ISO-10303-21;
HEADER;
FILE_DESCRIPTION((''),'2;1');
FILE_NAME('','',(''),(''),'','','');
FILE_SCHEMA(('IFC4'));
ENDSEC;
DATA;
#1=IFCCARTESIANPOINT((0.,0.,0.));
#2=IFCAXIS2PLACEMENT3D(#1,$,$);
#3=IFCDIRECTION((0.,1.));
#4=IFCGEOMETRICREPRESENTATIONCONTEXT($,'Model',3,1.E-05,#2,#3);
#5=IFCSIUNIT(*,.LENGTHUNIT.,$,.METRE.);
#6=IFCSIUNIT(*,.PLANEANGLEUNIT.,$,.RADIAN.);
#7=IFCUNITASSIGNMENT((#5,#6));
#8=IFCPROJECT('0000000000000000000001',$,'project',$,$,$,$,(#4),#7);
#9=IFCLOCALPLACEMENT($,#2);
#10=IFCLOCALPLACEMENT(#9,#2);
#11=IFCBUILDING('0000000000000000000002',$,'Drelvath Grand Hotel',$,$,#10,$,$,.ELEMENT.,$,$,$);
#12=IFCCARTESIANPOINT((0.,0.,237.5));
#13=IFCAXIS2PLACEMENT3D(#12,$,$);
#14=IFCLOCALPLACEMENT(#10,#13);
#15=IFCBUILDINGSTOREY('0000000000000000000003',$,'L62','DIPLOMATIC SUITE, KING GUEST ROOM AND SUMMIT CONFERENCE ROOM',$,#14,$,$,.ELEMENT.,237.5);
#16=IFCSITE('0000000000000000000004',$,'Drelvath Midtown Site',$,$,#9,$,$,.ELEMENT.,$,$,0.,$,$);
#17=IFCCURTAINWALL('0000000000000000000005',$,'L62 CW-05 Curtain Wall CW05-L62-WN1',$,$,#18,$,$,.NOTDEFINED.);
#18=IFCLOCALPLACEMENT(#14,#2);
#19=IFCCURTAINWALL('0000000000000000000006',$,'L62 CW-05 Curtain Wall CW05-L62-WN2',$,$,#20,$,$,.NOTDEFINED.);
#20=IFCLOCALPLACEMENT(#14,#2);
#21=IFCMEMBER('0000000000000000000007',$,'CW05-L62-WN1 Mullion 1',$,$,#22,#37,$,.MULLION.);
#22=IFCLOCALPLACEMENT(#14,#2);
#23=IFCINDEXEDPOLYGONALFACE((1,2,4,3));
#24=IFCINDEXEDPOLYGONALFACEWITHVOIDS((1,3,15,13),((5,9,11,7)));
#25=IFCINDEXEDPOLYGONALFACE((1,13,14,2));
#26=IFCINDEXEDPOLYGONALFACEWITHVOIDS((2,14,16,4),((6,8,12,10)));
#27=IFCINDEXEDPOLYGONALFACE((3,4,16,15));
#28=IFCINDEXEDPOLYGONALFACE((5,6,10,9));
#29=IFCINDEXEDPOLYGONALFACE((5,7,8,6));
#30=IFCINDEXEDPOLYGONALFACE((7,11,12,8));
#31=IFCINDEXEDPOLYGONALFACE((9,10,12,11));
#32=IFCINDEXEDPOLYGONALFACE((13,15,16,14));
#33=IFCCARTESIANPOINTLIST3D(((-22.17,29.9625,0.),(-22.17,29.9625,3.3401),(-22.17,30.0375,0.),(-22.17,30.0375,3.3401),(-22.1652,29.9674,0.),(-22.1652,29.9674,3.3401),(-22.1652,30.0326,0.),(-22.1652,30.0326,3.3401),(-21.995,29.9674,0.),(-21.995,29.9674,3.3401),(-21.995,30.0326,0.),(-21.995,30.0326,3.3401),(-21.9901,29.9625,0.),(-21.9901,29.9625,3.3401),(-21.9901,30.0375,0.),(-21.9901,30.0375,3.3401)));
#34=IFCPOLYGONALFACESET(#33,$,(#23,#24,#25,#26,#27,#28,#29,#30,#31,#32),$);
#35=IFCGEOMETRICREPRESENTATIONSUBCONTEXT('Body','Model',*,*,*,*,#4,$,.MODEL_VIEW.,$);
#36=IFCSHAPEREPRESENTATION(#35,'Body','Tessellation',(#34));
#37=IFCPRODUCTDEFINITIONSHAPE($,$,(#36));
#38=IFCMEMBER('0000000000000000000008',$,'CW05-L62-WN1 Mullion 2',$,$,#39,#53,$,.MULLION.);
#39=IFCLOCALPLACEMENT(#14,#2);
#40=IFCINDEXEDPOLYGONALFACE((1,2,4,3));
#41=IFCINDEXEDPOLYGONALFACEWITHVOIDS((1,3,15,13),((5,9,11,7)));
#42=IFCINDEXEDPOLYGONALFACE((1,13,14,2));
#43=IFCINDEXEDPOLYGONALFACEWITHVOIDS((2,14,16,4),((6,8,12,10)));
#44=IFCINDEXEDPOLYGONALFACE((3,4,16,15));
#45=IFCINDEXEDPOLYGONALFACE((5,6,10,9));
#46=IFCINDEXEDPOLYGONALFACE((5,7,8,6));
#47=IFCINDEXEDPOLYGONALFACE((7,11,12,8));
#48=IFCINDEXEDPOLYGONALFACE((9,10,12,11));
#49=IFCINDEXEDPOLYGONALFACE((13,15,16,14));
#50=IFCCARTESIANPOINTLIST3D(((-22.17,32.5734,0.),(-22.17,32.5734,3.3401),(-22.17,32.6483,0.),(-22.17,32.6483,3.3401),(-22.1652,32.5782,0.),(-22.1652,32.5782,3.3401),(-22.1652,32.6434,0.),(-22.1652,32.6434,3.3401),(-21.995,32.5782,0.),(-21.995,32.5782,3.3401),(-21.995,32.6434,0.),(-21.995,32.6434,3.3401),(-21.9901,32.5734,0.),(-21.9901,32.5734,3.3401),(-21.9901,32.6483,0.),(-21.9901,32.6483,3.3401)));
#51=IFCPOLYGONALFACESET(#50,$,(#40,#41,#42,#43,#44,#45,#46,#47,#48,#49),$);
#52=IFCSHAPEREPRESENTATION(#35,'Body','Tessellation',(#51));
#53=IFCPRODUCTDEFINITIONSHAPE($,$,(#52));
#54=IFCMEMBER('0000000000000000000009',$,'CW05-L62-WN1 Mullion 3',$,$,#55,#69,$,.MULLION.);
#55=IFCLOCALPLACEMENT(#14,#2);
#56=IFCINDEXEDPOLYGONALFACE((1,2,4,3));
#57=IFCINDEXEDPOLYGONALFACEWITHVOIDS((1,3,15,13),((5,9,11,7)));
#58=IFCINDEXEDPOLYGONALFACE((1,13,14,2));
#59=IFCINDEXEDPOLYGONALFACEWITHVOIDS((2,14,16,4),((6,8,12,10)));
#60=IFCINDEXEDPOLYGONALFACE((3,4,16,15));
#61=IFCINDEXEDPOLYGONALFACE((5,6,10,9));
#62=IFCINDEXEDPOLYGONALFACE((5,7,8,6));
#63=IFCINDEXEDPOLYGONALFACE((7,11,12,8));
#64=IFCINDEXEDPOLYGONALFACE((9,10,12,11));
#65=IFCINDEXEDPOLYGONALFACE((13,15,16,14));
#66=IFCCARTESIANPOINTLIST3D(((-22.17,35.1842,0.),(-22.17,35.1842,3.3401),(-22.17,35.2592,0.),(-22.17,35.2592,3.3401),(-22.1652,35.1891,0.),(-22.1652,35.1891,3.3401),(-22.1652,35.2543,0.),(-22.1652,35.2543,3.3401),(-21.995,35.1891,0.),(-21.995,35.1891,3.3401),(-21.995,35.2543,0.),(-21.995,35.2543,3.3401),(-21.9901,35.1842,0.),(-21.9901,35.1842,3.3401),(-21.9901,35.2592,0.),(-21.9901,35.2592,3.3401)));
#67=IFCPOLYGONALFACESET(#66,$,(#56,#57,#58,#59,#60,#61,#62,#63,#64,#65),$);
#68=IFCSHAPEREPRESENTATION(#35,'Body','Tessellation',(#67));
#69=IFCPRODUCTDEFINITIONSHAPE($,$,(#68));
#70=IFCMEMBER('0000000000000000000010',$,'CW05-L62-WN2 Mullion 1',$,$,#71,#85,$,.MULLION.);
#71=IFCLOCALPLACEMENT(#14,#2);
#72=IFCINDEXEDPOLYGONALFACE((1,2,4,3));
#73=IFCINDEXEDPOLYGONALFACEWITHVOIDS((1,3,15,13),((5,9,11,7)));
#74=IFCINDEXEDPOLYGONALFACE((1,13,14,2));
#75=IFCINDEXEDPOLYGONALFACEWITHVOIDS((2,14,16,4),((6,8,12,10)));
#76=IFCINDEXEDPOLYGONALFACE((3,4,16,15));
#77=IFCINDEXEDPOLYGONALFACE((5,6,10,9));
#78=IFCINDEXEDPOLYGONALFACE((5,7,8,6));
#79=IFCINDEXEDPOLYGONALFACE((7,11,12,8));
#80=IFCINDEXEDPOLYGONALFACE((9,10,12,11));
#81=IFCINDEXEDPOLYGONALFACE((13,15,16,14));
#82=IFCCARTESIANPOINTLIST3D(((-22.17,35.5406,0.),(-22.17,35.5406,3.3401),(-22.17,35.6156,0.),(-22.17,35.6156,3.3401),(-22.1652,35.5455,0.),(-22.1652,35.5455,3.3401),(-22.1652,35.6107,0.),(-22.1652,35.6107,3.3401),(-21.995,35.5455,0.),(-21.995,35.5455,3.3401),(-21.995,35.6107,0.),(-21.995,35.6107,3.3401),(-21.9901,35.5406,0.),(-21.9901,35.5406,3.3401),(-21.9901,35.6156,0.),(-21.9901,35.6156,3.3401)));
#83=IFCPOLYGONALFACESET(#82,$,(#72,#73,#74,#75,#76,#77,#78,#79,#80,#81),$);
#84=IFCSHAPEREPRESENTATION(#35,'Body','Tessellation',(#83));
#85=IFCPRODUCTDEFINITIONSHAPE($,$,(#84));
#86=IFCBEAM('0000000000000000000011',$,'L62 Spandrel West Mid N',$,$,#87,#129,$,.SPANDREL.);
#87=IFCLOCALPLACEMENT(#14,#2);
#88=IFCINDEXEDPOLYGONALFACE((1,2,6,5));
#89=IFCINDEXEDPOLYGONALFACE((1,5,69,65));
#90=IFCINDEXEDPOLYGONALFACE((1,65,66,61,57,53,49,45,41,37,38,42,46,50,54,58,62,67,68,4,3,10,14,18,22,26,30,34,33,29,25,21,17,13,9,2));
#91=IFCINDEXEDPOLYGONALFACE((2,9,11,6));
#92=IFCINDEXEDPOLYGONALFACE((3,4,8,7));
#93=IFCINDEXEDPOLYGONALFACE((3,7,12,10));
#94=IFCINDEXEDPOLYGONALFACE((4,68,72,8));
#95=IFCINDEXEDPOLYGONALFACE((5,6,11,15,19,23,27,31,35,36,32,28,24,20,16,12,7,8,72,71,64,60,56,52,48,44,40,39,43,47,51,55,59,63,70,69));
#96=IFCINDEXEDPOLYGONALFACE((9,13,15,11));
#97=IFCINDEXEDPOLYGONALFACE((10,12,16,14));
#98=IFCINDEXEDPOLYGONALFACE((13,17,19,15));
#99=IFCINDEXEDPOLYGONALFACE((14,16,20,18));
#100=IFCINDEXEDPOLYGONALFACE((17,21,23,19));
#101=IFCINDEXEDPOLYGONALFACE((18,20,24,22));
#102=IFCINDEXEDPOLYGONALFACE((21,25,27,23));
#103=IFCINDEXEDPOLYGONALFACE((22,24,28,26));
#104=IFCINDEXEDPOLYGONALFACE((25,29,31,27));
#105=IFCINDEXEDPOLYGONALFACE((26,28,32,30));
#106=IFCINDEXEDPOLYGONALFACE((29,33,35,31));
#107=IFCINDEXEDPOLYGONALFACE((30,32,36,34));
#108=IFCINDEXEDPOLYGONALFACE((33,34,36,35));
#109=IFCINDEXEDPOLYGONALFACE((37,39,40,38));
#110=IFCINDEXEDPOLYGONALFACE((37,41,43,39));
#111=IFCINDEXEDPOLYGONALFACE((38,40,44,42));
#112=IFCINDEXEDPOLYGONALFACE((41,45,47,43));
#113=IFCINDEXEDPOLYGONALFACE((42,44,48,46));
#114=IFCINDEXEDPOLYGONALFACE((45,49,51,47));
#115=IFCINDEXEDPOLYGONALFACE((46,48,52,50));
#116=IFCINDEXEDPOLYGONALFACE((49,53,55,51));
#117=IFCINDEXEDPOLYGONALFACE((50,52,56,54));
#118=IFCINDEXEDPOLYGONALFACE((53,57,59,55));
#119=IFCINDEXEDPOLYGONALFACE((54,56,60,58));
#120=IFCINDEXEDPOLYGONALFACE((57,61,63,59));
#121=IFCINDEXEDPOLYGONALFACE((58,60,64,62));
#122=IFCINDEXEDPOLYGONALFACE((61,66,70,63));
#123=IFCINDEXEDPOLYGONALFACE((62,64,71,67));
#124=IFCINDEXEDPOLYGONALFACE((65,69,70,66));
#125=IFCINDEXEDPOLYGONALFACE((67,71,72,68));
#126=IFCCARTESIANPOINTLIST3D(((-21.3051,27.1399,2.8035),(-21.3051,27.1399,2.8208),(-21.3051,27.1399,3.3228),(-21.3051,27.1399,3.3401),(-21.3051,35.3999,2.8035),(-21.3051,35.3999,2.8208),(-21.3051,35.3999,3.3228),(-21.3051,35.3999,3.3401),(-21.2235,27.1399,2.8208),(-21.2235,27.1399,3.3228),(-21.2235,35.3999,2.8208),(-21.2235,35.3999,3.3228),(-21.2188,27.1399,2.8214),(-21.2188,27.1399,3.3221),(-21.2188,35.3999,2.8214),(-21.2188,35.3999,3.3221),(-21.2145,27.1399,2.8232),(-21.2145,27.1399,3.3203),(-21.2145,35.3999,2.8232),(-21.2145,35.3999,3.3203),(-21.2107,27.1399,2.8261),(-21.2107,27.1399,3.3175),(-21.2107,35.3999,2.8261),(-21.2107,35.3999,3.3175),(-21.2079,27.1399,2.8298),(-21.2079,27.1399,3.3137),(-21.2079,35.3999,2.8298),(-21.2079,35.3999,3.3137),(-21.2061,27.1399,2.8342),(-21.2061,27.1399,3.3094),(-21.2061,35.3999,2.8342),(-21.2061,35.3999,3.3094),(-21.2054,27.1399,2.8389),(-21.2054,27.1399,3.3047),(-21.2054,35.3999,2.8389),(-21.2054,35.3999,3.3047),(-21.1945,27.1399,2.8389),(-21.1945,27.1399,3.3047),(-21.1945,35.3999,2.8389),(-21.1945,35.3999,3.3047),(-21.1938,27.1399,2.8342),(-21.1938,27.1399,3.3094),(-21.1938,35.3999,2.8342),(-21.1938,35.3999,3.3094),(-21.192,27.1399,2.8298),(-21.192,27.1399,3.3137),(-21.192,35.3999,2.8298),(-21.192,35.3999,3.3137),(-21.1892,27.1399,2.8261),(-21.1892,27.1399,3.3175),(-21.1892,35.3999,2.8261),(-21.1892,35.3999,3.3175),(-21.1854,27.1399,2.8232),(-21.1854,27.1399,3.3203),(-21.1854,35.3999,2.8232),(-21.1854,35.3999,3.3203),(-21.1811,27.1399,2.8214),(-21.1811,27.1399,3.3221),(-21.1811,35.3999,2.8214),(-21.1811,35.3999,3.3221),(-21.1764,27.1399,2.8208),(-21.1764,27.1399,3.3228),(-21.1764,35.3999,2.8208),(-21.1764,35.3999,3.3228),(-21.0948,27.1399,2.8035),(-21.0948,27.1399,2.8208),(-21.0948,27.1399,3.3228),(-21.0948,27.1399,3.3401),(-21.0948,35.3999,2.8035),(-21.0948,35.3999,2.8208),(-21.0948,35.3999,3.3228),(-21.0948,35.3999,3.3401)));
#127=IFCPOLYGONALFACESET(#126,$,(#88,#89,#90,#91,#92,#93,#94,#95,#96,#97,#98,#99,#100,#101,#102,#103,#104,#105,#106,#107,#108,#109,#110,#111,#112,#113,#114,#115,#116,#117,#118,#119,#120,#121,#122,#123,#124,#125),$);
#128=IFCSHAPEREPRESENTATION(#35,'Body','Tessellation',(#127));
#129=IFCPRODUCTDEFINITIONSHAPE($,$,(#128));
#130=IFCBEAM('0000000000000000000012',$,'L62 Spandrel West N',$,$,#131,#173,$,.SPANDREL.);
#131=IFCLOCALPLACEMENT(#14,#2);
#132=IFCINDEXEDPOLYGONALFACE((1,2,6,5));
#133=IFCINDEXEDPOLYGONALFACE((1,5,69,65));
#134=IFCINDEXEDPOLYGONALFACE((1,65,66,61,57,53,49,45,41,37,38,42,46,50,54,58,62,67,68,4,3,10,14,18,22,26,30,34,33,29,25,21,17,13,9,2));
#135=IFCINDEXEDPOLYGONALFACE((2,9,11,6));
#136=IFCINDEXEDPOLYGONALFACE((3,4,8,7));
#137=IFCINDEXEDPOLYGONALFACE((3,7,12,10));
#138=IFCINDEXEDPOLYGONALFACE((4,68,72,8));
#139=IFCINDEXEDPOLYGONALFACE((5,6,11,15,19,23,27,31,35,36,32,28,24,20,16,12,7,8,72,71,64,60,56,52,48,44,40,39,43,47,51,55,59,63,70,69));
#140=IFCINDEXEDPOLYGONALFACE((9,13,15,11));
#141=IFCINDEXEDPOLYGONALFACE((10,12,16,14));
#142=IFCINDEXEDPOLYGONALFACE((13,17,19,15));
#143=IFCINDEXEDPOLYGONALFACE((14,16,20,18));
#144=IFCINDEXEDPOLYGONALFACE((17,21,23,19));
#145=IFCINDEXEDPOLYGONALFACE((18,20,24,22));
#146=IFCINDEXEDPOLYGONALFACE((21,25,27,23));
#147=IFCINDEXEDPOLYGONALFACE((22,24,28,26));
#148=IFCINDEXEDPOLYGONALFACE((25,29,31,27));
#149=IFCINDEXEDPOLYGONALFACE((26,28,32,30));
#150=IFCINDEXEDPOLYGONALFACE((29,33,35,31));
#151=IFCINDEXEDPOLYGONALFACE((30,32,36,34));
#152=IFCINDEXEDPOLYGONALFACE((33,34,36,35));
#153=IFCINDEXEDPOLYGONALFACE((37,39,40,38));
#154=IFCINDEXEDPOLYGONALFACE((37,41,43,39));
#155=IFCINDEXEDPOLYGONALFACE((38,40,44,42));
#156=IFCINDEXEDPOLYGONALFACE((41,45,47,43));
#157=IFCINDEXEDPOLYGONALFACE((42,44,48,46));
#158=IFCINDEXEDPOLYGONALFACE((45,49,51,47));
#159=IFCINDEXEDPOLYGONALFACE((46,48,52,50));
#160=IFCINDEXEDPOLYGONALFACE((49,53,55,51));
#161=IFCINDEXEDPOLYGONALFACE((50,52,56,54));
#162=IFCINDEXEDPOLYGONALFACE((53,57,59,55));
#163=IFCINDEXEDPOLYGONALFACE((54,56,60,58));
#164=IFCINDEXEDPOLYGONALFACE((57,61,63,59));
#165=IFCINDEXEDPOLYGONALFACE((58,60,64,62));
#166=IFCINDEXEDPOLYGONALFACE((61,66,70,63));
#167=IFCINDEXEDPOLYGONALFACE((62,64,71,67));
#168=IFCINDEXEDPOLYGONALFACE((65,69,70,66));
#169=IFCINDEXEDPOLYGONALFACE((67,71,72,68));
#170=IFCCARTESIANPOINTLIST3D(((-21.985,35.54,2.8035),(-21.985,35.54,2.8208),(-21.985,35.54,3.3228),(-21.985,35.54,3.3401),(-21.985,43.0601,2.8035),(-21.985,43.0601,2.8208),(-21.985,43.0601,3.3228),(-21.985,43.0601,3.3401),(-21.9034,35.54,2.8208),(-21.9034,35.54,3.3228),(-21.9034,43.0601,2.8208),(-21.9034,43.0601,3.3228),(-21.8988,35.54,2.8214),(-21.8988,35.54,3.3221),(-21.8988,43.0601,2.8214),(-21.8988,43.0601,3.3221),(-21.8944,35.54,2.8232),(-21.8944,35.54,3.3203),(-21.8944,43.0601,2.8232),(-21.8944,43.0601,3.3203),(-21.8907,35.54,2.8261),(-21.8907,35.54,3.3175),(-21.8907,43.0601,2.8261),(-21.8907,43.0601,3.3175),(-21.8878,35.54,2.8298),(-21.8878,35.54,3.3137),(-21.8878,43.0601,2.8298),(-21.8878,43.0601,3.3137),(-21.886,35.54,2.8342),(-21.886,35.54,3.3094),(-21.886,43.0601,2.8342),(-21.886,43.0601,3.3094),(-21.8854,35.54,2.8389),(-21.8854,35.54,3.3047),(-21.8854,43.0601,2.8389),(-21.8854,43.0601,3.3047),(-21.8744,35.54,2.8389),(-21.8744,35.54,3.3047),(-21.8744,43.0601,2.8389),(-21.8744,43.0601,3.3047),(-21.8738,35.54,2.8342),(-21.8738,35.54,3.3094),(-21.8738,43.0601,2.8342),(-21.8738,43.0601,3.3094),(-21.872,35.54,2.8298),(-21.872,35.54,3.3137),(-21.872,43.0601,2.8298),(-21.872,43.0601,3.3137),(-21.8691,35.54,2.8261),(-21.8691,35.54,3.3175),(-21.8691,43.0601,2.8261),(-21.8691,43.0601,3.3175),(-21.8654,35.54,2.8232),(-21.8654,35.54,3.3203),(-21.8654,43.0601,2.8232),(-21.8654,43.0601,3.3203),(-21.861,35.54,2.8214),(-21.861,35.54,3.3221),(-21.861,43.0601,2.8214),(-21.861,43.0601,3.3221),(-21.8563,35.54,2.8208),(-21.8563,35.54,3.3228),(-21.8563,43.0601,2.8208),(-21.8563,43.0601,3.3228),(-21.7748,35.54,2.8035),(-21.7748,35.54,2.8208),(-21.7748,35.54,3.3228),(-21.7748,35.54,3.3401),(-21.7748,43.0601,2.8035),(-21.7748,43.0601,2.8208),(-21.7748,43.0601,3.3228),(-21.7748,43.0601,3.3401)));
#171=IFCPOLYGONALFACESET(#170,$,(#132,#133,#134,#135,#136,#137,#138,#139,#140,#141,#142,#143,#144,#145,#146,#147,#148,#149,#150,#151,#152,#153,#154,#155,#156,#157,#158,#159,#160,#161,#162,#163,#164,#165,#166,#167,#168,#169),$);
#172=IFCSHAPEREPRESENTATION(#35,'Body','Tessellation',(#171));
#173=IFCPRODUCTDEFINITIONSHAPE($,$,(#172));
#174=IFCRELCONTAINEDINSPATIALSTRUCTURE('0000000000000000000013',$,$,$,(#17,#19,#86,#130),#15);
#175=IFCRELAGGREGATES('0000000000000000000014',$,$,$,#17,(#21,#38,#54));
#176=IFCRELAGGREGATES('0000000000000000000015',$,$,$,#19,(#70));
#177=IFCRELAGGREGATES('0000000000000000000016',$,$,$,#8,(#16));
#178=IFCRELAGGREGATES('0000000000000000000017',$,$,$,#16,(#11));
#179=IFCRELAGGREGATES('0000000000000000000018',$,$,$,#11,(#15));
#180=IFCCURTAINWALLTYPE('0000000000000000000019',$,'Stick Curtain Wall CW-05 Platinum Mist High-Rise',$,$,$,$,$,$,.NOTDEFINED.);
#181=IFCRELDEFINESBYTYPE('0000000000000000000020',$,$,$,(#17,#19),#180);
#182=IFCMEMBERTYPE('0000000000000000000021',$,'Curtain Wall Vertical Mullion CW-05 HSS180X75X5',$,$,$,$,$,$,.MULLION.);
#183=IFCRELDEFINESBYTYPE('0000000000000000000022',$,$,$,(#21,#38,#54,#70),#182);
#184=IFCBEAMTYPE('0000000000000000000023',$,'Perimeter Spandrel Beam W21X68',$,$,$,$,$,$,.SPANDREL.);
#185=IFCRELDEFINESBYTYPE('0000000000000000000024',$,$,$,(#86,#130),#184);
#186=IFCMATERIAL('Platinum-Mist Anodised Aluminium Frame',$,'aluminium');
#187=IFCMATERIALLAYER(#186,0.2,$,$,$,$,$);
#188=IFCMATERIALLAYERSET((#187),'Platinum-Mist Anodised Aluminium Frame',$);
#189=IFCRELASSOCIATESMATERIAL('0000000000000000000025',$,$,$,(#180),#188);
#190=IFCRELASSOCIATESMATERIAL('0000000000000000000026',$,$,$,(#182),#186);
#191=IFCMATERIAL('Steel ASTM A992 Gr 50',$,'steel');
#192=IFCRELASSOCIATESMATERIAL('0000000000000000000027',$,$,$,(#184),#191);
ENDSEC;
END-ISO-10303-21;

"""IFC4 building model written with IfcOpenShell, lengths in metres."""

from ifc_helpers import new_model, si_unit, direction, frame, origin, origin_2d, place, context, subcontext, project, spatial, hollow_rectangle, i_section, extrude, material, layer, layer_set, material_profile, profile_set, type_object, element, aggregate, save


model = new_model("IFC4")

# Units and contexts
model_context = context("Model", 3, precision=1e-05, world=origin(), true_north=direction((0.0, 1.0)))
body_context = subcontext(model_context, "Body", "Model", "MODEL_VIEW")
ifc_project = project(units=[si_unit("LENGTHUNIT", "METRE"), si_unit("PLANEANGLEUNIT", "RADIAN")], contexts=[model_context])

# Site, building, storey
site_placement = place(None, origin())
site = spatial("IfcSite", under=ifc_project, at=site_placement, Name="Drelvath Midtown Site", CompositionType="ELEMENT", RefElevation=0.0)
building_placement = place(site_placement, origin())
building = spatial("IfcBuilding", under=site, at=building_placement, Name="Drelvath Grand Hotel", CompositionType="ELEMENT")
storey_placement = place(building_placement, frame((0.0, 0.0, 237.5)))
storey = spatial("IfcBuildingStorey", under=building, at=storey_placement, Name="L62", Description="DIPLOMATIC SUITE, KING GUEST ROOM AND SUMMIT CONFERENCE ROOM", CompositionType="ELEMENT", Elevation=237.5)

# Curtain walls
ifc_material_1 = material(Name="Platinum-Mist Anodised Aluminium Frame", Category="aluminium")
ifc_layer_1 = layer(ifc_material_1, 0.2)
ifc_layer_set_1 = layer_set([ifc_layer_1], Name="Platinum-Mist Anodised Aluminium Frame")
curtain_wall_type = type_object("IfcCurtainWallType", Name="Stick Curtain Wall CW-05 Platinum Mist High-Rise", PredefinedType="NOTDEFINED", material=ifc_layer_set_1)
curtain_wall_1_placement = place(storey_placement, origin())
curtain_wall_1 = element("IfcCurtainWall", 1, at=curtain_wall_1_placement, inside=storey, type_object=curtain_wall_type, Name="L62 CW-05 Curtain Wall CW05-L62-WN1", PredefinedType="NOTDEFINED")
curtain_wall_2_placement = place(storey_placement, origin())
curtain_wall_2 = element("IfcCurtainWall", 2, at=curtain_wall_2_placement, inside=storey, type_object=curtain_wall_type, Name="L62 CW-05 Curtain Wall CW05-L62-WN2", PredefinedType="NOTDEFINED")

# Members
ifc_material_profile_1 = material_profile(ifc_material_1, hollow_rectangle(XDim=0.075, YDim=0.1799, WallThickness=0.0049, at=origin_2d()), Name="HSS180X75X5")
ifc_profile_set_1 = profile_set([ifc_material_profile_1], Name="Platinum-Mist Anodised Aluminium Frame")
member_type_1 = type_object("IfcMemberType", Name="Curtain Wall Vertical Mullion CW-05 HSS180X75X5", PredefinedType="MULLION", material=ifc_profile_set_1)
member_1_placement = place(storey_placement, frame((-22.0801, 30.0, 0.0), z_axis=(0.0, 0.0, 1.0), x_axis=(0.0, 1.0, 0.0)))
member_1 = element("IfcMember", 3, at=member_1_placement, type_object=member_type_1, Name="CW05-L62-WN1 Mullion 1", PredefinedType="MULLION", context=body_context, shape_type="SweptSolid", body=[
    extrude(hollow_rectangle(XDim=0.075, YDim=0.1799, WallThickness=0.0049, at=origin_2d()), origin(), (0.0, 0.0, 1.0), 3.3401),
])
member_2_placement = place(storey_placement, frame((-22.0801, 32.6108, 0.0), z_axis=(0.0, 0.0, 1.0), x_axis=(0.0, 1.0, 0.0)))
member_2 = element("IfcMember", 4, at=member_2_placement, type_object=member_type_1, Name="CW05-L62-WN1 Mullion 2", PredefinedType="MULLION", context=body_context, shape_type="SweptSolid", body=[
    extrude(hollow_rectangle(XDim=0.075, YDim=0.1799, WallThickness=0.0049, at=origin_2d()), origin(), (0.0, 0.0, 1.0), 3.3401),
])
member_3_placement = place(storey_placement, frame((-22.0801, 35.2217, 0.0), z_axis=(0.0, 0.0, 1.0), x_axis=(0.0, 1.0, 0.0)))
member_3 = element("IfcMember", 5, at=member_3_placement, type_object=member_type_1, Name="CW05-L62-WN1 Mullion 3", PredefinedType="MULLION", context=body_context, shape_type="SweptSolid", body=[
    extrude(hollow_rectangle(XDim=0.075, YDim=0.1799, WallThickness=0.0049, at=origin_2d()), origin(), (0.0, 0.0, 1.0), 3.3401),
])
member_4_placement = place(storey_placement, frame((-22.0801, 35.5781, 0.0), z_axis=(0.0, 0.0, 1.0), x_axis=(0.0, 1.0, 0.0)))
member_4 = element("IfcMember", 6, at=member_4_placement, type_object=member_type_1, Name="CW05-L62-WN2 Mullion 1", PredefinedType="MULLION", context=body_context, shape_type="SweptSolid", body=[
    extrude(hollow_rectangle(XDim=0.075, YDim=0.1799, WallThickness=0.0049, at=origin_2d()), origin(), (0.0, 0.0, 1.0), 3.3401),
])

# Beams
ifc_material_2 = material(Name="Steel ASTM A992 Gr 50", Category="steel")
ifc_material_profile_2 = material_profile(ifc_material_2, i_section(OverallWidth=0.2102, OverallDepth=0.5366, WebThickness=0.011, FlangeThickness=0.0173, FilletRadius=0.0181, at=origin_2d()), Name="W21X68")
ifc_profile_set_2 = profile_set([ifc_material_profile_2], Name="Steel ASTM A992 Gr 50")
beam_type_1 = type_object("IfcBeamType", Name="Perimeter Spandrel Beam W21X68", PredefinedType="SPANDREL", material=ifc_profile_set_2)
beam_1_placement = place(storey_placement, frame((-21.2, 27.1399, 3.0718), z_axis=(0.0, 1.0, 0.0), x_axis=(-1.0, 0.0, 0.0)))
element("IfcBeam", 7, at=beam_1_placement, inside=storey, type_object=beam_type_1, Name="L62 Spandrel West Mid N", PredefinedType="SPANDREL", context=body_context, shape_type="SweptSolid", body=[
    extrude(i_section(OverallWidth=0.2102, OverallDepth=0.5366, WebThickness=0.011, FlangeThickness=0.0173, FilletRadius=0.0181, at=origin_2d()), origin(), (0.0, 0.0, 1.0), 8.26),
])
beam_2_placement = place(storey_placement, frame((-21.8799, 35.54, 3.0718), z_axis=(0.0, 1.0, 0.0), x_axis=(-1.0, 0.0, 0.0)))
element("IfcBeam", 8, at=beam_2_placement, inside=storey, type_object=beam_type_1, Name="L62 Spandrel West N", PredefinedType="SPANDREL", context=body_context, shape_type="SweptSolid", body=[
    extrude(i_section(OverallWidth=0.2102, OverallDepth=0.5366, WebThickness=0.011, FlangeThickness=0.0173, FilletRadius=0.0181, at=origin_2d()), origin(), (0.0, 0.0, 1.0), 7.52),
])

aggregate(curtain_wall_1, [member_1, member_2, member_3])
aggregate(curtain_wall_2, [member_4])

save(model, "model.ifc")
